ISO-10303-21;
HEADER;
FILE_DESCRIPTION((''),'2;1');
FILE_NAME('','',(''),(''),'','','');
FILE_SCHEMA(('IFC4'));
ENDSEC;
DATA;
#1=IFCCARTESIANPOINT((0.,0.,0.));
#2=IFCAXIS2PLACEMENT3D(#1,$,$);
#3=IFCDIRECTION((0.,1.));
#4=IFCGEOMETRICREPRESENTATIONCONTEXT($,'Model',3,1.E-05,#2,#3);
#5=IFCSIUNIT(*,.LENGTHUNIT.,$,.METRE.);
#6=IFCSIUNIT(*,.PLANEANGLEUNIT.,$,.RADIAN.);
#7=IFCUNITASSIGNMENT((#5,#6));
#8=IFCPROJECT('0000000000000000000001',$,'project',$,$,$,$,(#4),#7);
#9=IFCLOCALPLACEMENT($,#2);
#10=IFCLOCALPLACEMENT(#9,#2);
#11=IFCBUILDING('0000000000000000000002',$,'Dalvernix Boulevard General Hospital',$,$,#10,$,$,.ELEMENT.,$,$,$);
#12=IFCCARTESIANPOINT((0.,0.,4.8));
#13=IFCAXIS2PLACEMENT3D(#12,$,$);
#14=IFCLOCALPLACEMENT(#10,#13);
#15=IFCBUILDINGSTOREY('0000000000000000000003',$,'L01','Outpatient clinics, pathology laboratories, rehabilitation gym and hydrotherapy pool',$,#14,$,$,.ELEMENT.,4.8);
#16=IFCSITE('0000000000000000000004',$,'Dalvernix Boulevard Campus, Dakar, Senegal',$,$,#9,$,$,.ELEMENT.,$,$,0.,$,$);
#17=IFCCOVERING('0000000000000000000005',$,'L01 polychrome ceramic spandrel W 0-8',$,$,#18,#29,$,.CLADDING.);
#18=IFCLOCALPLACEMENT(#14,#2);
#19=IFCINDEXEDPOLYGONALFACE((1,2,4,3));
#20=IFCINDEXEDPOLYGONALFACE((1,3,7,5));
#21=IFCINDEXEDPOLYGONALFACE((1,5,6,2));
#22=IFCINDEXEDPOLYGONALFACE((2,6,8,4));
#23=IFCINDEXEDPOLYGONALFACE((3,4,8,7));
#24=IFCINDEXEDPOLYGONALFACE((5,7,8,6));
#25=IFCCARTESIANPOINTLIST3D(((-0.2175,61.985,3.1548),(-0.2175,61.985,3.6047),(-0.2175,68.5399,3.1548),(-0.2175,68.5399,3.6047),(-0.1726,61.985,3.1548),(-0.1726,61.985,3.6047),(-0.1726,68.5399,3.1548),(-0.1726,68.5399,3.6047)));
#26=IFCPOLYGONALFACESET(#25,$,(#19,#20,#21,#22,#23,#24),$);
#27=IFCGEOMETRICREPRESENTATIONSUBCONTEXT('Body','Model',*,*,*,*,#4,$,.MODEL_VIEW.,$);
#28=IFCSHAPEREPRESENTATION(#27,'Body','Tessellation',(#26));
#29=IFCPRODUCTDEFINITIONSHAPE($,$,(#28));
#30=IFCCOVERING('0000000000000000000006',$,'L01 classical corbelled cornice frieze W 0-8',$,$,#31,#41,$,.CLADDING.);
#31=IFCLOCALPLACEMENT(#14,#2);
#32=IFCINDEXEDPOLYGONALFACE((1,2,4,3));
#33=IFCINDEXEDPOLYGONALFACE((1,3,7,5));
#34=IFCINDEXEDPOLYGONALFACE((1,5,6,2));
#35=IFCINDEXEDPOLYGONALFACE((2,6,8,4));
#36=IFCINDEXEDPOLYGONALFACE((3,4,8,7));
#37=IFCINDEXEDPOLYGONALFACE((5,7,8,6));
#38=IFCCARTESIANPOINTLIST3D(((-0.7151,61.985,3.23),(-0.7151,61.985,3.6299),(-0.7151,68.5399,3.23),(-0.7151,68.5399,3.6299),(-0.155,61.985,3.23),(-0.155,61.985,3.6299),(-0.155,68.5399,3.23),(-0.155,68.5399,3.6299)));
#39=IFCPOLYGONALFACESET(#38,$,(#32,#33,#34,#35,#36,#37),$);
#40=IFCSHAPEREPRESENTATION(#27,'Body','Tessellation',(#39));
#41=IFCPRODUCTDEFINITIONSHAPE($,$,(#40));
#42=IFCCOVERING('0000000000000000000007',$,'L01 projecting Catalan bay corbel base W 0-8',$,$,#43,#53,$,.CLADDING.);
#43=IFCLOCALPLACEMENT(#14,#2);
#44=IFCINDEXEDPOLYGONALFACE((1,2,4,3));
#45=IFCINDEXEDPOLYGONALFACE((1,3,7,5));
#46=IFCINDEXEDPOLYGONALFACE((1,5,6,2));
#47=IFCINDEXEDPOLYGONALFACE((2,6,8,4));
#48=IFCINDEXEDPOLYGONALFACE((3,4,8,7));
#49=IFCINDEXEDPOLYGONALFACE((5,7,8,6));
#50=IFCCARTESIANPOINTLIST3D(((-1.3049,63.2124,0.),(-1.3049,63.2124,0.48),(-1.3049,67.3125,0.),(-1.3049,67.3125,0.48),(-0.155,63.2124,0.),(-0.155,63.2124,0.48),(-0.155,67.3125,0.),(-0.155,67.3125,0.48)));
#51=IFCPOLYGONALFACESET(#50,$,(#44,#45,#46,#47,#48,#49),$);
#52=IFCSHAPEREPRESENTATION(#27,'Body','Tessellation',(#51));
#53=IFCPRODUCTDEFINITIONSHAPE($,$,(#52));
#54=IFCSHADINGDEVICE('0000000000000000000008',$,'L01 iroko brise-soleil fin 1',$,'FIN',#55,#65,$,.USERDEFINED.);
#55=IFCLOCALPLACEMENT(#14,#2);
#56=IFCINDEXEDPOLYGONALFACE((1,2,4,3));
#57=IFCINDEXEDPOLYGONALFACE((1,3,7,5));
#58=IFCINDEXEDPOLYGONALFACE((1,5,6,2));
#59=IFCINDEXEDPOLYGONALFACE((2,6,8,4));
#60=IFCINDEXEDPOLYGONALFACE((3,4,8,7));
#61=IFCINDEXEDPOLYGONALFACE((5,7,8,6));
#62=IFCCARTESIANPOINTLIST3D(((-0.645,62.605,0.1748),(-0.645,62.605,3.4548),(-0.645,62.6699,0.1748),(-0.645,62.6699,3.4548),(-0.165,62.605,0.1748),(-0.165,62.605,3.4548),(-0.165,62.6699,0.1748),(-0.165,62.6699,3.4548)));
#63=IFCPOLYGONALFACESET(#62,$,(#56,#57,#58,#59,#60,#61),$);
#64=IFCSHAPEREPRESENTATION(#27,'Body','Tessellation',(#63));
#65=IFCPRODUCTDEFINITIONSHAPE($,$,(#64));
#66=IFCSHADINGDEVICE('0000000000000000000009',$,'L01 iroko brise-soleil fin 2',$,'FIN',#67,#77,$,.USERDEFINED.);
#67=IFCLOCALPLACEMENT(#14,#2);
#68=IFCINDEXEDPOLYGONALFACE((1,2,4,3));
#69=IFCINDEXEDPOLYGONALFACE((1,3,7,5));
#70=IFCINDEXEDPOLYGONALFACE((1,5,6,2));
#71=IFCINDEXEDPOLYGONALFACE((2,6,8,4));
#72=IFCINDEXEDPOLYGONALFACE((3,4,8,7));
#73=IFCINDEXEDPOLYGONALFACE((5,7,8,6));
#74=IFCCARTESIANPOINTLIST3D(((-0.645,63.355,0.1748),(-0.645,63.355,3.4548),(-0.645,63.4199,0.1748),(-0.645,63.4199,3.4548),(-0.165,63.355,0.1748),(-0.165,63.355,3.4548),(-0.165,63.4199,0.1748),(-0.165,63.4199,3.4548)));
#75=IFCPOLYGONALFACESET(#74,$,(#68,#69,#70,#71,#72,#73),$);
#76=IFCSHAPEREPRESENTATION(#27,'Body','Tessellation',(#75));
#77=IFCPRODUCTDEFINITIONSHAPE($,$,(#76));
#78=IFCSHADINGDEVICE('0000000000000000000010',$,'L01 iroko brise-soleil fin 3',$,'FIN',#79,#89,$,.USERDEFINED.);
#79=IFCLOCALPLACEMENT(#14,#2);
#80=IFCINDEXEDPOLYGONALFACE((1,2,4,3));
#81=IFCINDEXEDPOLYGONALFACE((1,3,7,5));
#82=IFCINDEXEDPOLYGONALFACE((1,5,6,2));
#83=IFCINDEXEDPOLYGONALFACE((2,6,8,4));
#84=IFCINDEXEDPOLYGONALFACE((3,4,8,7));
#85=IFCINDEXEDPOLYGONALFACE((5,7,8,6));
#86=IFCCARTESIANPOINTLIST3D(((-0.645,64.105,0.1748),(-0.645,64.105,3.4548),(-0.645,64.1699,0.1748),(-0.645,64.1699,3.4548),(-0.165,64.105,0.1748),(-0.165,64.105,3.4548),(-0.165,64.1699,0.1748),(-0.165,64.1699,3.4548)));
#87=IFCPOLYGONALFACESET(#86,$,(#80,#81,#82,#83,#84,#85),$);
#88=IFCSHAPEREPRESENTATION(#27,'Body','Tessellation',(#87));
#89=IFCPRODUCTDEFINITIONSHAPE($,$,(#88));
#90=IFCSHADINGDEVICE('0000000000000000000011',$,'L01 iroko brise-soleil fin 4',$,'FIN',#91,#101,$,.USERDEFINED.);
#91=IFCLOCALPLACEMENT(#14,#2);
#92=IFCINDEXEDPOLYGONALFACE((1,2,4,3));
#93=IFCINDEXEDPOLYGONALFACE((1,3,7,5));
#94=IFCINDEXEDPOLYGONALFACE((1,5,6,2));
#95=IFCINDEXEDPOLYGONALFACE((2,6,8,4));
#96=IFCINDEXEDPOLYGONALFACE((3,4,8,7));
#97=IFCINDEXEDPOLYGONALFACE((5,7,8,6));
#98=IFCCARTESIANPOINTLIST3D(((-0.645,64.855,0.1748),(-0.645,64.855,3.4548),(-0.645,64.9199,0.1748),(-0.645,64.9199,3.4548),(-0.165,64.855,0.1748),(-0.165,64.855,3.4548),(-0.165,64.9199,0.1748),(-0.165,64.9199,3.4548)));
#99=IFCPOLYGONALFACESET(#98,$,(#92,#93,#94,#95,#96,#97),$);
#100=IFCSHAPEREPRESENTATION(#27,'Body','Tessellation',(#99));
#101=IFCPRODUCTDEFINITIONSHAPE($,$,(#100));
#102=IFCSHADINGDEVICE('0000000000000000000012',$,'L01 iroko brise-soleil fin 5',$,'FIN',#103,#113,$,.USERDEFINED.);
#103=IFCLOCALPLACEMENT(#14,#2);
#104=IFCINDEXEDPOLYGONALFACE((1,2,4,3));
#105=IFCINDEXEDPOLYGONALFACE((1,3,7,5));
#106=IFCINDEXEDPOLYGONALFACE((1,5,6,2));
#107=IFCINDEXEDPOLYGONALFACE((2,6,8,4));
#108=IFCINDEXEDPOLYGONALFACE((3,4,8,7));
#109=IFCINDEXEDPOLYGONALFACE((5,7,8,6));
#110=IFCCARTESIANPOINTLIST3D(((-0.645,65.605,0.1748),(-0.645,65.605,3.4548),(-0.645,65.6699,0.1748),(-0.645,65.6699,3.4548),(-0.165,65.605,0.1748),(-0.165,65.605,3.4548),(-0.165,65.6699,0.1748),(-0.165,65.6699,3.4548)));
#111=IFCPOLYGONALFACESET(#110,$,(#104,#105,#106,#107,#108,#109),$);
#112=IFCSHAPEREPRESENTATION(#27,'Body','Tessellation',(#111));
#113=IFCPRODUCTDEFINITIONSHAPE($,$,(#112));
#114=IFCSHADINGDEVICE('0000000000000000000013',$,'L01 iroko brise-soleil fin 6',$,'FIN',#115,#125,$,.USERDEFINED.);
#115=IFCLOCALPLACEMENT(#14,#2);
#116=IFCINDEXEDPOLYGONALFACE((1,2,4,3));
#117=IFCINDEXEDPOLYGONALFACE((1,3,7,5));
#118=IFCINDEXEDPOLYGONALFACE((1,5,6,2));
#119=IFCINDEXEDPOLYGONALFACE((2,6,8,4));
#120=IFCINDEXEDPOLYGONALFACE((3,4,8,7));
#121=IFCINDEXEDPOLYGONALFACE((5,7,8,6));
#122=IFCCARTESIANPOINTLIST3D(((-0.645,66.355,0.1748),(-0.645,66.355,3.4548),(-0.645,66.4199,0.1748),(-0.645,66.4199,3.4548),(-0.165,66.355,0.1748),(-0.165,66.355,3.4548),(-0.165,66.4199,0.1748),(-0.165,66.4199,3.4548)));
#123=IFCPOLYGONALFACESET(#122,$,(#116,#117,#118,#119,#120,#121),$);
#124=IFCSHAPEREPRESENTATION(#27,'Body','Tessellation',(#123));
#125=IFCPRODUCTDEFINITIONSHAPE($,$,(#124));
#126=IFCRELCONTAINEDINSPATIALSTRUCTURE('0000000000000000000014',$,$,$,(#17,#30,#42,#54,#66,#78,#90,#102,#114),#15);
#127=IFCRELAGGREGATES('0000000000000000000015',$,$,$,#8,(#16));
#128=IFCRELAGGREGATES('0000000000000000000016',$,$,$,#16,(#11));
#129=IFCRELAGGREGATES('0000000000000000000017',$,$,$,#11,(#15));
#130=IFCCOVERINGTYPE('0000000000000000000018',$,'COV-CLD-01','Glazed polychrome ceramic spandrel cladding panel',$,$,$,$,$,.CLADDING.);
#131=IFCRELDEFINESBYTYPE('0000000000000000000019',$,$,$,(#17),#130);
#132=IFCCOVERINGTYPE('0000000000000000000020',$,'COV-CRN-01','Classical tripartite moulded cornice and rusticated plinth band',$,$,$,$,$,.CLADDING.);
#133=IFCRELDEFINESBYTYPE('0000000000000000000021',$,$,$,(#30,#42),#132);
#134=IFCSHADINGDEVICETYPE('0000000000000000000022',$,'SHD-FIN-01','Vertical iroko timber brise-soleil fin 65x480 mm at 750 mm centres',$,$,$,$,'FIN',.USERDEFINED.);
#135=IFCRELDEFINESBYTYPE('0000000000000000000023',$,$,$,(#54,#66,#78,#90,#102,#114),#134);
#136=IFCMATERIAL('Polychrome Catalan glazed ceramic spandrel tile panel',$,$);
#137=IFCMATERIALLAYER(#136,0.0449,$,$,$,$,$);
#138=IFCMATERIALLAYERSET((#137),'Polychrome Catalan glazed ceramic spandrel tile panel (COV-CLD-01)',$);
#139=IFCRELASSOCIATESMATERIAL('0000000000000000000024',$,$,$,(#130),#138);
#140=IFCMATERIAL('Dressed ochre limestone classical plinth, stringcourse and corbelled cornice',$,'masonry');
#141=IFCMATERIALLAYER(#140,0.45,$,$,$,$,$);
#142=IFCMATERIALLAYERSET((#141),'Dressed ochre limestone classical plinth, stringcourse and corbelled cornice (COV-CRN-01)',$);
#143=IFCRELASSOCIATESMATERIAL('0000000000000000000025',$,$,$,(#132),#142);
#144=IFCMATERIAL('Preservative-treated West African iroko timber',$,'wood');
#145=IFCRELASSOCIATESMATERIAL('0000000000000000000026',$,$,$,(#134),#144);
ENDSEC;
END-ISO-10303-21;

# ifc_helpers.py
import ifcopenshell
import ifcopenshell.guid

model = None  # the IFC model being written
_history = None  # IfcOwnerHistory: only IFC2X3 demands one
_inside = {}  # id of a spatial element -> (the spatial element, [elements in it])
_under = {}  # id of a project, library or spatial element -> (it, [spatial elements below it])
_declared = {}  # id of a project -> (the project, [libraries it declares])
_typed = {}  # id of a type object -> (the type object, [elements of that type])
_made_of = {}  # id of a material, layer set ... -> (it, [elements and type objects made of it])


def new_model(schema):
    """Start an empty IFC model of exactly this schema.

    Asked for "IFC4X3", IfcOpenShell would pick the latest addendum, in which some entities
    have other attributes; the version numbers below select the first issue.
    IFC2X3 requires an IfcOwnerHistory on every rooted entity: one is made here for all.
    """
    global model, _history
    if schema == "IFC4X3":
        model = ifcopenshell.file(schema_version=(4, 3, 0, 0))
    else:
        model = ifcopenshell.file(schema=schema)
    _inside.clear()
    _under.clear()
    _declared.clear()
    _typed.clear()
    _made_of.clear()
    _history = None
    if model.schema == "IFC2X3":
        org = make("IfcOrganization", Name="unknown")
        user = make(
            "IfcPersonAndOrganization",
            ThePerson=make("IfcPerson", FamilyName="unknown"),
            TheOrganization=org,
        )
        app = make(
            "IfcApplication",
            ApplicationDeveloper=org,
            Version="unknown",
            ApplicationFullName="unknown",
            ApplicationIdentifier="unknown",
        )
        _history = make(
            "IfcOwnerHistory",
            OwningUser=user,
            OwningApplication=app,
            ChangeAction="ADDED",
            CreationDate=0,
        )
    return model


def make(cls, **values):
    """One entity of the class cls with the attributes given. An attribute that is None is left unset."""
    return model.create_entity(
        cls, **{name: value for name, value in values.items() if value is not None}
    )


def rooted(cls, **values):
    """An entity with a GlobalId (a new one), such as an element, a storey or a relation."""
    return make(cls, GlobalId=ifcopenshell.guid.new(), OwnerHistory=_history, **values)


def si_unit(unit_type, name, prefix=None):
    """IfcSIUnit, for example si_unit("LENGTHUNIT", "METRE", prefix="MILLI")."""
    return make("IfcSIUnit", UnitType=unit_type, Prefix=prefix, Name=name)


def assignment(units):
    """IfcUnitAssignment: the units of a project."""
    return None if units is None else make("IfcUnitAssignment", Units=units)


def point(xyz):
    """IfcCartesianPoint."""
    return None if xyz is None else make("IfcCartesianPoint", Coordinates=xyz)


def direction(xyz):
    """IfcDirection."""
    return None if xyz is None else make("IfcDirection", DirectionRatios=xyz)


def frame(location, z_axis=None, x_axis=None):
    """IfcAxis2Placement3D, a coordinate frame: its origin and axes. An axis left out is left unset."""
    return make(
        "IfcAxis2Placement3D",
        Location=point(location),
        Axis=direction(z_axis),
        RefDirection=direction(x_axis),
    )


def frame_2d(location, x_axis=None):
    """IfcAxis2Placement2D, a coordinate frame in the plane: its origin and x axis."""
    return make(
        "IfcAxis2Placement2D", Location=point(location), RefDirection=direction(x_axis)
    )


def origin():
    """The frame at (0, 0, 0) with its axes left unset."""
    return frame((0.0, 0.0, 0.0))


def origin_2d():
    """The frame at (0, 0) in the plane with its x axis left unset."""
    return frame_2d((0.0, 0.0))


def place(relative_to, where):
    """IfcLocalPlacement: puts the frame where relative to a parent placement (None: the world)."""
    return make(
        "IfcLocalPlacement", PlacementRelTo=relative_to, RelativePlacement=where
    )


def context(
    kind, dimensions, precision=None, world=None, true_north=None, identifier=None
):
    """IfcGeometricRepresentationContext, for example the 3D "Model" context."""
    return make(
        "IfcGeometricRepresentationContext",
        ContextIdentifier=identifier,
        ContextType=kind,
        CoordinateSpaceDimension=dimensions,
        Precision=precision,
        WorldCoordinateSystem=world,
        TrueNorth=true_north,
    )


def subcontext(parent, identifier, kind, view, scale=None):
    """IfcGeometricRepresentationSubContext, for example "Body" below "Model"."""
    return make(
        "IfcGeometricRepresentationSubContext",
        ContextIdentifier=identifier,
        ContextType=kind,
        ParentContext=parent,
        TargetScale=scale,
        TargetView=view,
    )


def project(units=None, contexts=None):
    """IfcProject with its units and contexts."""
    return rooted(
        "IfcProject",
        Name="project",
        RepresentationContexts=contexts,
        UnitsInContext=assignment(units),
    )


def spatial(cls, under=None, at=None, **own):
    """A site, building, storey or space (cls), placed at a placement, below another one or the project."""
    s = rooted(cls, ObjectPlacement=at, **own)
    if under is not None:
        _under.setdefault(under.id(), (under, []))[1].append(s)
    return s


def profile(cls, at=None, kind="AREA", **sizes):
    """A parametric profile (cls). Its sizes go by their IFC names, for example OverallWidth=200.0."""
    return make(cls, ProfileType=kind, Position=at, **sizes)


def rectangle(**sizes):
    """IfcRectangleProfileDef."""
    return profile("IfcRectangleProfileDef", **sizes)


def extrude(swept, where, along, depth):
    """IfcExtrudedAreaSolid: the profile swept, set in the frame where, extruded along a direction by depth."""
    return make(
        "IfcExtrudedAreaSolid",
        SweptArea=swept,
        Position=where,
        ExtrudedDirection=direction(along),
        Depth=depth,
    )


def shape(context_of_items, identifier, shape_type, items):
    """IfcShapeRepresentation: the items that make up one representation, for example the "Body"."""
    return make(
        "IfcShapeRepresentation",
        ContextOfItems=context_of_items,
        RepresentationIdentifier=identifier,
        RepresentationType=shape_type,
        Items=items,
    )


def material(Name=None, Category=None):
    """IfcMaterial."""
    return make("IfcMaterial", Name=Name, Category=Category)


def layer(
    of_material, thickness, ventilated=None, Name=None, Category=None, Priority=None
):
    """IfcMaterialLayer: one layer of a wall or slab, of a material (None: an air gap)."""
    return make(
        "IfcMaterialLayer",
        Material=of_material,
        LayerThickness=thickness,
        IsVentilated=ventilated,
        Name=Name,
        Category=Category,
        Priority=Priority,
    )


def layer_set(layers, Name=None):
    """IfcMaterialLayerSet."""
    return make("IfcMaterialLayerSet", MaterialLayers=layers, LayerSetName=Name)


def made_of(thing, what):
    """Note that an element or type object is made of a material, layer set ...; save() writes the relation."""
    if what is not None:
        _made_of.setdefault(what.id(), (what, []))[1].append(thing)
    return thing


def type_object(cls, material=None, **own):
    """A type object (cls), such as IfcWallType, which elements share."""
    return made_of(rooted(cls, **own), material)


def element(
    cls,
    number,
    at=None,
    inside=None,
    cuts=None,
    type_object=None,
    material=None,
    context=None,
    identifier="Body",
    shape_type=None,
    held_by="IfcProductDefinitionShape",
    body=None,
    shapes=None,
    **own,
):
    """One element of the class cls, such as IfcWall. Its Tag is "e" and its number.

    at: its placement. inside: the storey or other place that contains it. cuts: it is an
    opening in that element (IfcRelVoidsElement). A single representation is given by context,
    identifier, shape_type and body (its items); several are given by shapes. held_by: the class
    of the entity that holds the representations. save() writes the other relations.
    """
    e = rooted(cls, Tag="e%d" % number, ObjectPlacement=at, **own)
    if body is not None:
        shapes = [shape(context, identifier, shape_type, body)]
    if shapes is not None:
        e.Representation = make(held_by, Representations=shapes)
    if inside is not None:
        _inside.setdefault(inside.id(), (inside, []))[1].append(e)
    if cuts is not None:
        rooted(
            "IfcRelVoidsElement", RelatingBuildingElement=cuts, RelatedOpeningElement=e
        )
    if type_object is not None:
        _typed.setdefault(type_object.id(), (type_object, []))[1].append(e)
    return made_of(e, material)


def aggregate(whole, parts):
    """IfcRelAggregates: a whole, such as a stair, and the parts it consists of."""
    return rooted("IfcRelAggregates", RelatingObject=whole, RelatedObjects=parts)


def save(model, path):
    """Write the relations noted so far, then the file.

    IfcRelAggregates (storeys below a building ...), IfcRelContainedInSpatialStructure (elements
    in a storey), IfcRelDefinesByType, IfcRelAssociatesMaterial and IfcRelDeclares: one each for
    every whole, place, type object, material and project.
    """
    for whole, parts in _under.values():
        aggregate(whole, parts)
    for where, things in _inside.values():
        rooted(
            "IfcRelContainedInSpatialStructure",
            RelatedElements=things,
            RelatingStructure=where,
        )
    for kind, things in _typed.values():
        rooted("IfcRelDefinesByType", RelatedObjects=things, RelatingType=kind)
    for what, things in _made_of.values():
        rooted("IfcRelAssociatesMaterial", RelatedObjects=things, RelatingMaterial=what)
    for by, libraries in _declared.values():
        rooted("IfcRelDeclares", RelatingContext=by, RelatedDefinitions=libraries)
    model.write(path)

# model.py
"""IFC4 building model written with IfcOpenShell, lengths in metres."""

from ifc_helpers import new_model, si_unit, direction, frame, origin, origin_2d, place, context, subcontext, project, spatial, rectangle, extrude, material, layer, layer_set, type_object, element, save


model = new_model("IFC4")

# Units and contexts
model_context = context("Model", 3, precision=1e-05, world=origin(), true_north=direction((0.0, 1.0)))
body_context = subcontext(model_context, "Body", "Model", "MODEL_VIEW")
ifc_project = project(units=[si_unit("LENGTHUNIT", "METRE"), si_unit("PLANEANGLEUNIT", "RADIAN")], contexts=[model_context])

# Site, building, storey
site_placement = place(None, origin())
site = spatial("IfcSite", under=ifc_project, at=site_placement, Name="Dalvernix Boulevard Campus, Dakar, Senegal", CompositionType="ELEMENT", RefElevation=0.0)
building_placement = place(site_placement, origin())
building = spatial("IfcBuilding", under=site, at=building_placement, Name="Dalvernix Boulevard General Hospital", CompositionType="ELEMENT")
storey_placement = place(building_placement, frame((0.0, 0.0, 4.8)))
storey = spatial("IfcBuildingStorey", under=building, at=storey_placement, Name="L01", Description="Outpatient clinics, pathology laboratories, rehabilitation gym and hydrotherapy pool", CompositionType="ELEMENT", Elevation=4.8)

# Coverings
ifc_material_1 = material(Name="Polychrome Catalan glazed ceramic spandrel tile panel")
ifc_layer_1 = layer(ifc_material_1, 0.0449)
ifc_layer_set_1 = layer_set([ifc_layer_1], Name="Polychrome Catalan glazed ceramic spandrel tile panel (COV-CLD-01)")
covering_type_1 = type_object("IfcCoveringType", Name="COV-CLD-01", Description="Glazed polychrome ceramic spandrel cladding panel", PredefinedType="CLADDING", material=ifc_layer_set_1)
covering_1_placement = place(storey_placement, frame((-0.1951, 65.2625, 3.1548), z_axis=(0.0, 0.0, 1.0), x_axis=(0.0, 1.0, 0.0)))
element("IfcCovering", 1, at=covering_1_placement, inside=storey, type_object=covering_type_1, Name="L01 polychrome ceramic spandrel W 0-8", PredefinedType="CLADDING", context=body_context, shape_type="SweptSolid", body=[
    extrude(rectangle(XDim=6.5549, YDim=0.0449, at=origin_2d()), origin(), (0.0, 0.0, 1.0), 0.45),
])
ifc_material_2 = material(Name="Dressed ochre limestone classical plinth, stringcourse and corbelled cornice", Category="masonry")
ifc_layer_2 = layer(ifc_material_2, 0.45)
ifc_layer_set_2 = layer_set([ifc_layer_2], Name="Dressed ochre limestone classical plinth, stringcourse and corbelled cornice (COV-CRN-01)")
covering_type_2 = type_object("IfcCoveringType", Name="COV-CRN-01", Description="Classical tripartite moulded cornice and rusticated plinth band", PredefinedType="CLADDING", material=ifc_layer_set_2)
covering_2_placement = place(storey_placement, frame((-0.4351, 65.2625, 3.23), z_axis=(0.0, 0.0, 1.0), x_axis=(0.0, 1.0, 0.0)))
element("IfcCovering", 2, at=covering_2_placement, inside=storey, type_object=covering_type_2, Name="L01 classical corbelled cornice frieze W 0-8", PredefinedType="CLADDING", context=body_context, shape_type="SweptSolid", body=[
    extrude(rectangle(XDim=6.5549, YDim=0.5601, at=origin_2d()), origin(), (0.0, 0.0, 1.0), 0.3999),
])
covering_3_placement = place(storey_placement, frame((-0.73, 65.2625, 0.0), z_axis=(0.0, 0.0, 1.0), x_axis=(0.0, 1.0, 0.0)))
element("IfcCovering", 3, at=covering_3_placement, inside=storey, type_object=covering_type_2, Name="L01 projecting Catalan bay corbel base W 0-8", PredefinedType="CLADDING", context=body_context, shape_type="SweptSolid", body=[
    extrude(rectangle(XDim=4.1001, YDim=1.1499, at=origin_2d()), origin(), (0.0, 0.0, 1.0), 0.48),
])

# Shading devices
ifc_material_3 = material(Name="Preservative-treated West African iroko timber", Category="wood")
shading_device_type = type_object("IfcShadingDeviceType", Name="SHD-FIN-01", Description="Vertical iroko timber brise-soleil fin 65x480 mm at 750 mm centres", ElementType="FIN", PredefinedType="USERDEFINED", material=ifc_material_3)
for number, where, z_axis, x_axis, name in (
    (4, (-0.405, 62.6375, 0.1748), (0.0, 0.0, 1.0), (0.0, 1.0, 0.0), "L01 iroko brise-soleil fin 1"),
    (5, (-0.405, 63.3875, 0.1748), (0.0, 0.0, 1.0), (0.0, 1.0, 0.0), "L01 iroko brise-soleil fin 2"),
    (6, (-0.405, 64.1375, 0.1748), (0.0, 0.0, 1.0), (0.0, 1.0, 0.0), "L01 iroko brise-soleil fin 3"),
    (7, (-0.405, 64.8875, 0.1748), (0.0, 0.0, 1.0), (0.0, 1.0, 0.0), "L01 iroko brise-soleil fin 4"),
    (8, (-0.405, 65.6375, 0.1748), (0.0, 0.0, 1.0), (0.0, 1.0, 0.0), "L01 iroko brise-soleil fin 5"),
    (9, (-0.405, 66.3875, 0.1748), (0.0, 0.0, 1.0), (0.0, 1.0, 0.0), "L01 iroko brise-soleil fin 6"),
):
    element("IfcShadingDevice", number, at=place(storey_placement, frame(where, z_axis=z_axis, x_axis=x_axis)), inside=storey, type_object=shading_device_type, Name=name, ObjectType="FIN", PredefinedType="USERDEFINED", context=body_context, shape_type="SweptSolid", body=[
        extrude(rectangle(XDim=0.0649, YDim=0.48, at=origin_2d()), origin(), (0.0, 0.0, 1.0), 3.28),
    ])

save(model, "model.ifc")
